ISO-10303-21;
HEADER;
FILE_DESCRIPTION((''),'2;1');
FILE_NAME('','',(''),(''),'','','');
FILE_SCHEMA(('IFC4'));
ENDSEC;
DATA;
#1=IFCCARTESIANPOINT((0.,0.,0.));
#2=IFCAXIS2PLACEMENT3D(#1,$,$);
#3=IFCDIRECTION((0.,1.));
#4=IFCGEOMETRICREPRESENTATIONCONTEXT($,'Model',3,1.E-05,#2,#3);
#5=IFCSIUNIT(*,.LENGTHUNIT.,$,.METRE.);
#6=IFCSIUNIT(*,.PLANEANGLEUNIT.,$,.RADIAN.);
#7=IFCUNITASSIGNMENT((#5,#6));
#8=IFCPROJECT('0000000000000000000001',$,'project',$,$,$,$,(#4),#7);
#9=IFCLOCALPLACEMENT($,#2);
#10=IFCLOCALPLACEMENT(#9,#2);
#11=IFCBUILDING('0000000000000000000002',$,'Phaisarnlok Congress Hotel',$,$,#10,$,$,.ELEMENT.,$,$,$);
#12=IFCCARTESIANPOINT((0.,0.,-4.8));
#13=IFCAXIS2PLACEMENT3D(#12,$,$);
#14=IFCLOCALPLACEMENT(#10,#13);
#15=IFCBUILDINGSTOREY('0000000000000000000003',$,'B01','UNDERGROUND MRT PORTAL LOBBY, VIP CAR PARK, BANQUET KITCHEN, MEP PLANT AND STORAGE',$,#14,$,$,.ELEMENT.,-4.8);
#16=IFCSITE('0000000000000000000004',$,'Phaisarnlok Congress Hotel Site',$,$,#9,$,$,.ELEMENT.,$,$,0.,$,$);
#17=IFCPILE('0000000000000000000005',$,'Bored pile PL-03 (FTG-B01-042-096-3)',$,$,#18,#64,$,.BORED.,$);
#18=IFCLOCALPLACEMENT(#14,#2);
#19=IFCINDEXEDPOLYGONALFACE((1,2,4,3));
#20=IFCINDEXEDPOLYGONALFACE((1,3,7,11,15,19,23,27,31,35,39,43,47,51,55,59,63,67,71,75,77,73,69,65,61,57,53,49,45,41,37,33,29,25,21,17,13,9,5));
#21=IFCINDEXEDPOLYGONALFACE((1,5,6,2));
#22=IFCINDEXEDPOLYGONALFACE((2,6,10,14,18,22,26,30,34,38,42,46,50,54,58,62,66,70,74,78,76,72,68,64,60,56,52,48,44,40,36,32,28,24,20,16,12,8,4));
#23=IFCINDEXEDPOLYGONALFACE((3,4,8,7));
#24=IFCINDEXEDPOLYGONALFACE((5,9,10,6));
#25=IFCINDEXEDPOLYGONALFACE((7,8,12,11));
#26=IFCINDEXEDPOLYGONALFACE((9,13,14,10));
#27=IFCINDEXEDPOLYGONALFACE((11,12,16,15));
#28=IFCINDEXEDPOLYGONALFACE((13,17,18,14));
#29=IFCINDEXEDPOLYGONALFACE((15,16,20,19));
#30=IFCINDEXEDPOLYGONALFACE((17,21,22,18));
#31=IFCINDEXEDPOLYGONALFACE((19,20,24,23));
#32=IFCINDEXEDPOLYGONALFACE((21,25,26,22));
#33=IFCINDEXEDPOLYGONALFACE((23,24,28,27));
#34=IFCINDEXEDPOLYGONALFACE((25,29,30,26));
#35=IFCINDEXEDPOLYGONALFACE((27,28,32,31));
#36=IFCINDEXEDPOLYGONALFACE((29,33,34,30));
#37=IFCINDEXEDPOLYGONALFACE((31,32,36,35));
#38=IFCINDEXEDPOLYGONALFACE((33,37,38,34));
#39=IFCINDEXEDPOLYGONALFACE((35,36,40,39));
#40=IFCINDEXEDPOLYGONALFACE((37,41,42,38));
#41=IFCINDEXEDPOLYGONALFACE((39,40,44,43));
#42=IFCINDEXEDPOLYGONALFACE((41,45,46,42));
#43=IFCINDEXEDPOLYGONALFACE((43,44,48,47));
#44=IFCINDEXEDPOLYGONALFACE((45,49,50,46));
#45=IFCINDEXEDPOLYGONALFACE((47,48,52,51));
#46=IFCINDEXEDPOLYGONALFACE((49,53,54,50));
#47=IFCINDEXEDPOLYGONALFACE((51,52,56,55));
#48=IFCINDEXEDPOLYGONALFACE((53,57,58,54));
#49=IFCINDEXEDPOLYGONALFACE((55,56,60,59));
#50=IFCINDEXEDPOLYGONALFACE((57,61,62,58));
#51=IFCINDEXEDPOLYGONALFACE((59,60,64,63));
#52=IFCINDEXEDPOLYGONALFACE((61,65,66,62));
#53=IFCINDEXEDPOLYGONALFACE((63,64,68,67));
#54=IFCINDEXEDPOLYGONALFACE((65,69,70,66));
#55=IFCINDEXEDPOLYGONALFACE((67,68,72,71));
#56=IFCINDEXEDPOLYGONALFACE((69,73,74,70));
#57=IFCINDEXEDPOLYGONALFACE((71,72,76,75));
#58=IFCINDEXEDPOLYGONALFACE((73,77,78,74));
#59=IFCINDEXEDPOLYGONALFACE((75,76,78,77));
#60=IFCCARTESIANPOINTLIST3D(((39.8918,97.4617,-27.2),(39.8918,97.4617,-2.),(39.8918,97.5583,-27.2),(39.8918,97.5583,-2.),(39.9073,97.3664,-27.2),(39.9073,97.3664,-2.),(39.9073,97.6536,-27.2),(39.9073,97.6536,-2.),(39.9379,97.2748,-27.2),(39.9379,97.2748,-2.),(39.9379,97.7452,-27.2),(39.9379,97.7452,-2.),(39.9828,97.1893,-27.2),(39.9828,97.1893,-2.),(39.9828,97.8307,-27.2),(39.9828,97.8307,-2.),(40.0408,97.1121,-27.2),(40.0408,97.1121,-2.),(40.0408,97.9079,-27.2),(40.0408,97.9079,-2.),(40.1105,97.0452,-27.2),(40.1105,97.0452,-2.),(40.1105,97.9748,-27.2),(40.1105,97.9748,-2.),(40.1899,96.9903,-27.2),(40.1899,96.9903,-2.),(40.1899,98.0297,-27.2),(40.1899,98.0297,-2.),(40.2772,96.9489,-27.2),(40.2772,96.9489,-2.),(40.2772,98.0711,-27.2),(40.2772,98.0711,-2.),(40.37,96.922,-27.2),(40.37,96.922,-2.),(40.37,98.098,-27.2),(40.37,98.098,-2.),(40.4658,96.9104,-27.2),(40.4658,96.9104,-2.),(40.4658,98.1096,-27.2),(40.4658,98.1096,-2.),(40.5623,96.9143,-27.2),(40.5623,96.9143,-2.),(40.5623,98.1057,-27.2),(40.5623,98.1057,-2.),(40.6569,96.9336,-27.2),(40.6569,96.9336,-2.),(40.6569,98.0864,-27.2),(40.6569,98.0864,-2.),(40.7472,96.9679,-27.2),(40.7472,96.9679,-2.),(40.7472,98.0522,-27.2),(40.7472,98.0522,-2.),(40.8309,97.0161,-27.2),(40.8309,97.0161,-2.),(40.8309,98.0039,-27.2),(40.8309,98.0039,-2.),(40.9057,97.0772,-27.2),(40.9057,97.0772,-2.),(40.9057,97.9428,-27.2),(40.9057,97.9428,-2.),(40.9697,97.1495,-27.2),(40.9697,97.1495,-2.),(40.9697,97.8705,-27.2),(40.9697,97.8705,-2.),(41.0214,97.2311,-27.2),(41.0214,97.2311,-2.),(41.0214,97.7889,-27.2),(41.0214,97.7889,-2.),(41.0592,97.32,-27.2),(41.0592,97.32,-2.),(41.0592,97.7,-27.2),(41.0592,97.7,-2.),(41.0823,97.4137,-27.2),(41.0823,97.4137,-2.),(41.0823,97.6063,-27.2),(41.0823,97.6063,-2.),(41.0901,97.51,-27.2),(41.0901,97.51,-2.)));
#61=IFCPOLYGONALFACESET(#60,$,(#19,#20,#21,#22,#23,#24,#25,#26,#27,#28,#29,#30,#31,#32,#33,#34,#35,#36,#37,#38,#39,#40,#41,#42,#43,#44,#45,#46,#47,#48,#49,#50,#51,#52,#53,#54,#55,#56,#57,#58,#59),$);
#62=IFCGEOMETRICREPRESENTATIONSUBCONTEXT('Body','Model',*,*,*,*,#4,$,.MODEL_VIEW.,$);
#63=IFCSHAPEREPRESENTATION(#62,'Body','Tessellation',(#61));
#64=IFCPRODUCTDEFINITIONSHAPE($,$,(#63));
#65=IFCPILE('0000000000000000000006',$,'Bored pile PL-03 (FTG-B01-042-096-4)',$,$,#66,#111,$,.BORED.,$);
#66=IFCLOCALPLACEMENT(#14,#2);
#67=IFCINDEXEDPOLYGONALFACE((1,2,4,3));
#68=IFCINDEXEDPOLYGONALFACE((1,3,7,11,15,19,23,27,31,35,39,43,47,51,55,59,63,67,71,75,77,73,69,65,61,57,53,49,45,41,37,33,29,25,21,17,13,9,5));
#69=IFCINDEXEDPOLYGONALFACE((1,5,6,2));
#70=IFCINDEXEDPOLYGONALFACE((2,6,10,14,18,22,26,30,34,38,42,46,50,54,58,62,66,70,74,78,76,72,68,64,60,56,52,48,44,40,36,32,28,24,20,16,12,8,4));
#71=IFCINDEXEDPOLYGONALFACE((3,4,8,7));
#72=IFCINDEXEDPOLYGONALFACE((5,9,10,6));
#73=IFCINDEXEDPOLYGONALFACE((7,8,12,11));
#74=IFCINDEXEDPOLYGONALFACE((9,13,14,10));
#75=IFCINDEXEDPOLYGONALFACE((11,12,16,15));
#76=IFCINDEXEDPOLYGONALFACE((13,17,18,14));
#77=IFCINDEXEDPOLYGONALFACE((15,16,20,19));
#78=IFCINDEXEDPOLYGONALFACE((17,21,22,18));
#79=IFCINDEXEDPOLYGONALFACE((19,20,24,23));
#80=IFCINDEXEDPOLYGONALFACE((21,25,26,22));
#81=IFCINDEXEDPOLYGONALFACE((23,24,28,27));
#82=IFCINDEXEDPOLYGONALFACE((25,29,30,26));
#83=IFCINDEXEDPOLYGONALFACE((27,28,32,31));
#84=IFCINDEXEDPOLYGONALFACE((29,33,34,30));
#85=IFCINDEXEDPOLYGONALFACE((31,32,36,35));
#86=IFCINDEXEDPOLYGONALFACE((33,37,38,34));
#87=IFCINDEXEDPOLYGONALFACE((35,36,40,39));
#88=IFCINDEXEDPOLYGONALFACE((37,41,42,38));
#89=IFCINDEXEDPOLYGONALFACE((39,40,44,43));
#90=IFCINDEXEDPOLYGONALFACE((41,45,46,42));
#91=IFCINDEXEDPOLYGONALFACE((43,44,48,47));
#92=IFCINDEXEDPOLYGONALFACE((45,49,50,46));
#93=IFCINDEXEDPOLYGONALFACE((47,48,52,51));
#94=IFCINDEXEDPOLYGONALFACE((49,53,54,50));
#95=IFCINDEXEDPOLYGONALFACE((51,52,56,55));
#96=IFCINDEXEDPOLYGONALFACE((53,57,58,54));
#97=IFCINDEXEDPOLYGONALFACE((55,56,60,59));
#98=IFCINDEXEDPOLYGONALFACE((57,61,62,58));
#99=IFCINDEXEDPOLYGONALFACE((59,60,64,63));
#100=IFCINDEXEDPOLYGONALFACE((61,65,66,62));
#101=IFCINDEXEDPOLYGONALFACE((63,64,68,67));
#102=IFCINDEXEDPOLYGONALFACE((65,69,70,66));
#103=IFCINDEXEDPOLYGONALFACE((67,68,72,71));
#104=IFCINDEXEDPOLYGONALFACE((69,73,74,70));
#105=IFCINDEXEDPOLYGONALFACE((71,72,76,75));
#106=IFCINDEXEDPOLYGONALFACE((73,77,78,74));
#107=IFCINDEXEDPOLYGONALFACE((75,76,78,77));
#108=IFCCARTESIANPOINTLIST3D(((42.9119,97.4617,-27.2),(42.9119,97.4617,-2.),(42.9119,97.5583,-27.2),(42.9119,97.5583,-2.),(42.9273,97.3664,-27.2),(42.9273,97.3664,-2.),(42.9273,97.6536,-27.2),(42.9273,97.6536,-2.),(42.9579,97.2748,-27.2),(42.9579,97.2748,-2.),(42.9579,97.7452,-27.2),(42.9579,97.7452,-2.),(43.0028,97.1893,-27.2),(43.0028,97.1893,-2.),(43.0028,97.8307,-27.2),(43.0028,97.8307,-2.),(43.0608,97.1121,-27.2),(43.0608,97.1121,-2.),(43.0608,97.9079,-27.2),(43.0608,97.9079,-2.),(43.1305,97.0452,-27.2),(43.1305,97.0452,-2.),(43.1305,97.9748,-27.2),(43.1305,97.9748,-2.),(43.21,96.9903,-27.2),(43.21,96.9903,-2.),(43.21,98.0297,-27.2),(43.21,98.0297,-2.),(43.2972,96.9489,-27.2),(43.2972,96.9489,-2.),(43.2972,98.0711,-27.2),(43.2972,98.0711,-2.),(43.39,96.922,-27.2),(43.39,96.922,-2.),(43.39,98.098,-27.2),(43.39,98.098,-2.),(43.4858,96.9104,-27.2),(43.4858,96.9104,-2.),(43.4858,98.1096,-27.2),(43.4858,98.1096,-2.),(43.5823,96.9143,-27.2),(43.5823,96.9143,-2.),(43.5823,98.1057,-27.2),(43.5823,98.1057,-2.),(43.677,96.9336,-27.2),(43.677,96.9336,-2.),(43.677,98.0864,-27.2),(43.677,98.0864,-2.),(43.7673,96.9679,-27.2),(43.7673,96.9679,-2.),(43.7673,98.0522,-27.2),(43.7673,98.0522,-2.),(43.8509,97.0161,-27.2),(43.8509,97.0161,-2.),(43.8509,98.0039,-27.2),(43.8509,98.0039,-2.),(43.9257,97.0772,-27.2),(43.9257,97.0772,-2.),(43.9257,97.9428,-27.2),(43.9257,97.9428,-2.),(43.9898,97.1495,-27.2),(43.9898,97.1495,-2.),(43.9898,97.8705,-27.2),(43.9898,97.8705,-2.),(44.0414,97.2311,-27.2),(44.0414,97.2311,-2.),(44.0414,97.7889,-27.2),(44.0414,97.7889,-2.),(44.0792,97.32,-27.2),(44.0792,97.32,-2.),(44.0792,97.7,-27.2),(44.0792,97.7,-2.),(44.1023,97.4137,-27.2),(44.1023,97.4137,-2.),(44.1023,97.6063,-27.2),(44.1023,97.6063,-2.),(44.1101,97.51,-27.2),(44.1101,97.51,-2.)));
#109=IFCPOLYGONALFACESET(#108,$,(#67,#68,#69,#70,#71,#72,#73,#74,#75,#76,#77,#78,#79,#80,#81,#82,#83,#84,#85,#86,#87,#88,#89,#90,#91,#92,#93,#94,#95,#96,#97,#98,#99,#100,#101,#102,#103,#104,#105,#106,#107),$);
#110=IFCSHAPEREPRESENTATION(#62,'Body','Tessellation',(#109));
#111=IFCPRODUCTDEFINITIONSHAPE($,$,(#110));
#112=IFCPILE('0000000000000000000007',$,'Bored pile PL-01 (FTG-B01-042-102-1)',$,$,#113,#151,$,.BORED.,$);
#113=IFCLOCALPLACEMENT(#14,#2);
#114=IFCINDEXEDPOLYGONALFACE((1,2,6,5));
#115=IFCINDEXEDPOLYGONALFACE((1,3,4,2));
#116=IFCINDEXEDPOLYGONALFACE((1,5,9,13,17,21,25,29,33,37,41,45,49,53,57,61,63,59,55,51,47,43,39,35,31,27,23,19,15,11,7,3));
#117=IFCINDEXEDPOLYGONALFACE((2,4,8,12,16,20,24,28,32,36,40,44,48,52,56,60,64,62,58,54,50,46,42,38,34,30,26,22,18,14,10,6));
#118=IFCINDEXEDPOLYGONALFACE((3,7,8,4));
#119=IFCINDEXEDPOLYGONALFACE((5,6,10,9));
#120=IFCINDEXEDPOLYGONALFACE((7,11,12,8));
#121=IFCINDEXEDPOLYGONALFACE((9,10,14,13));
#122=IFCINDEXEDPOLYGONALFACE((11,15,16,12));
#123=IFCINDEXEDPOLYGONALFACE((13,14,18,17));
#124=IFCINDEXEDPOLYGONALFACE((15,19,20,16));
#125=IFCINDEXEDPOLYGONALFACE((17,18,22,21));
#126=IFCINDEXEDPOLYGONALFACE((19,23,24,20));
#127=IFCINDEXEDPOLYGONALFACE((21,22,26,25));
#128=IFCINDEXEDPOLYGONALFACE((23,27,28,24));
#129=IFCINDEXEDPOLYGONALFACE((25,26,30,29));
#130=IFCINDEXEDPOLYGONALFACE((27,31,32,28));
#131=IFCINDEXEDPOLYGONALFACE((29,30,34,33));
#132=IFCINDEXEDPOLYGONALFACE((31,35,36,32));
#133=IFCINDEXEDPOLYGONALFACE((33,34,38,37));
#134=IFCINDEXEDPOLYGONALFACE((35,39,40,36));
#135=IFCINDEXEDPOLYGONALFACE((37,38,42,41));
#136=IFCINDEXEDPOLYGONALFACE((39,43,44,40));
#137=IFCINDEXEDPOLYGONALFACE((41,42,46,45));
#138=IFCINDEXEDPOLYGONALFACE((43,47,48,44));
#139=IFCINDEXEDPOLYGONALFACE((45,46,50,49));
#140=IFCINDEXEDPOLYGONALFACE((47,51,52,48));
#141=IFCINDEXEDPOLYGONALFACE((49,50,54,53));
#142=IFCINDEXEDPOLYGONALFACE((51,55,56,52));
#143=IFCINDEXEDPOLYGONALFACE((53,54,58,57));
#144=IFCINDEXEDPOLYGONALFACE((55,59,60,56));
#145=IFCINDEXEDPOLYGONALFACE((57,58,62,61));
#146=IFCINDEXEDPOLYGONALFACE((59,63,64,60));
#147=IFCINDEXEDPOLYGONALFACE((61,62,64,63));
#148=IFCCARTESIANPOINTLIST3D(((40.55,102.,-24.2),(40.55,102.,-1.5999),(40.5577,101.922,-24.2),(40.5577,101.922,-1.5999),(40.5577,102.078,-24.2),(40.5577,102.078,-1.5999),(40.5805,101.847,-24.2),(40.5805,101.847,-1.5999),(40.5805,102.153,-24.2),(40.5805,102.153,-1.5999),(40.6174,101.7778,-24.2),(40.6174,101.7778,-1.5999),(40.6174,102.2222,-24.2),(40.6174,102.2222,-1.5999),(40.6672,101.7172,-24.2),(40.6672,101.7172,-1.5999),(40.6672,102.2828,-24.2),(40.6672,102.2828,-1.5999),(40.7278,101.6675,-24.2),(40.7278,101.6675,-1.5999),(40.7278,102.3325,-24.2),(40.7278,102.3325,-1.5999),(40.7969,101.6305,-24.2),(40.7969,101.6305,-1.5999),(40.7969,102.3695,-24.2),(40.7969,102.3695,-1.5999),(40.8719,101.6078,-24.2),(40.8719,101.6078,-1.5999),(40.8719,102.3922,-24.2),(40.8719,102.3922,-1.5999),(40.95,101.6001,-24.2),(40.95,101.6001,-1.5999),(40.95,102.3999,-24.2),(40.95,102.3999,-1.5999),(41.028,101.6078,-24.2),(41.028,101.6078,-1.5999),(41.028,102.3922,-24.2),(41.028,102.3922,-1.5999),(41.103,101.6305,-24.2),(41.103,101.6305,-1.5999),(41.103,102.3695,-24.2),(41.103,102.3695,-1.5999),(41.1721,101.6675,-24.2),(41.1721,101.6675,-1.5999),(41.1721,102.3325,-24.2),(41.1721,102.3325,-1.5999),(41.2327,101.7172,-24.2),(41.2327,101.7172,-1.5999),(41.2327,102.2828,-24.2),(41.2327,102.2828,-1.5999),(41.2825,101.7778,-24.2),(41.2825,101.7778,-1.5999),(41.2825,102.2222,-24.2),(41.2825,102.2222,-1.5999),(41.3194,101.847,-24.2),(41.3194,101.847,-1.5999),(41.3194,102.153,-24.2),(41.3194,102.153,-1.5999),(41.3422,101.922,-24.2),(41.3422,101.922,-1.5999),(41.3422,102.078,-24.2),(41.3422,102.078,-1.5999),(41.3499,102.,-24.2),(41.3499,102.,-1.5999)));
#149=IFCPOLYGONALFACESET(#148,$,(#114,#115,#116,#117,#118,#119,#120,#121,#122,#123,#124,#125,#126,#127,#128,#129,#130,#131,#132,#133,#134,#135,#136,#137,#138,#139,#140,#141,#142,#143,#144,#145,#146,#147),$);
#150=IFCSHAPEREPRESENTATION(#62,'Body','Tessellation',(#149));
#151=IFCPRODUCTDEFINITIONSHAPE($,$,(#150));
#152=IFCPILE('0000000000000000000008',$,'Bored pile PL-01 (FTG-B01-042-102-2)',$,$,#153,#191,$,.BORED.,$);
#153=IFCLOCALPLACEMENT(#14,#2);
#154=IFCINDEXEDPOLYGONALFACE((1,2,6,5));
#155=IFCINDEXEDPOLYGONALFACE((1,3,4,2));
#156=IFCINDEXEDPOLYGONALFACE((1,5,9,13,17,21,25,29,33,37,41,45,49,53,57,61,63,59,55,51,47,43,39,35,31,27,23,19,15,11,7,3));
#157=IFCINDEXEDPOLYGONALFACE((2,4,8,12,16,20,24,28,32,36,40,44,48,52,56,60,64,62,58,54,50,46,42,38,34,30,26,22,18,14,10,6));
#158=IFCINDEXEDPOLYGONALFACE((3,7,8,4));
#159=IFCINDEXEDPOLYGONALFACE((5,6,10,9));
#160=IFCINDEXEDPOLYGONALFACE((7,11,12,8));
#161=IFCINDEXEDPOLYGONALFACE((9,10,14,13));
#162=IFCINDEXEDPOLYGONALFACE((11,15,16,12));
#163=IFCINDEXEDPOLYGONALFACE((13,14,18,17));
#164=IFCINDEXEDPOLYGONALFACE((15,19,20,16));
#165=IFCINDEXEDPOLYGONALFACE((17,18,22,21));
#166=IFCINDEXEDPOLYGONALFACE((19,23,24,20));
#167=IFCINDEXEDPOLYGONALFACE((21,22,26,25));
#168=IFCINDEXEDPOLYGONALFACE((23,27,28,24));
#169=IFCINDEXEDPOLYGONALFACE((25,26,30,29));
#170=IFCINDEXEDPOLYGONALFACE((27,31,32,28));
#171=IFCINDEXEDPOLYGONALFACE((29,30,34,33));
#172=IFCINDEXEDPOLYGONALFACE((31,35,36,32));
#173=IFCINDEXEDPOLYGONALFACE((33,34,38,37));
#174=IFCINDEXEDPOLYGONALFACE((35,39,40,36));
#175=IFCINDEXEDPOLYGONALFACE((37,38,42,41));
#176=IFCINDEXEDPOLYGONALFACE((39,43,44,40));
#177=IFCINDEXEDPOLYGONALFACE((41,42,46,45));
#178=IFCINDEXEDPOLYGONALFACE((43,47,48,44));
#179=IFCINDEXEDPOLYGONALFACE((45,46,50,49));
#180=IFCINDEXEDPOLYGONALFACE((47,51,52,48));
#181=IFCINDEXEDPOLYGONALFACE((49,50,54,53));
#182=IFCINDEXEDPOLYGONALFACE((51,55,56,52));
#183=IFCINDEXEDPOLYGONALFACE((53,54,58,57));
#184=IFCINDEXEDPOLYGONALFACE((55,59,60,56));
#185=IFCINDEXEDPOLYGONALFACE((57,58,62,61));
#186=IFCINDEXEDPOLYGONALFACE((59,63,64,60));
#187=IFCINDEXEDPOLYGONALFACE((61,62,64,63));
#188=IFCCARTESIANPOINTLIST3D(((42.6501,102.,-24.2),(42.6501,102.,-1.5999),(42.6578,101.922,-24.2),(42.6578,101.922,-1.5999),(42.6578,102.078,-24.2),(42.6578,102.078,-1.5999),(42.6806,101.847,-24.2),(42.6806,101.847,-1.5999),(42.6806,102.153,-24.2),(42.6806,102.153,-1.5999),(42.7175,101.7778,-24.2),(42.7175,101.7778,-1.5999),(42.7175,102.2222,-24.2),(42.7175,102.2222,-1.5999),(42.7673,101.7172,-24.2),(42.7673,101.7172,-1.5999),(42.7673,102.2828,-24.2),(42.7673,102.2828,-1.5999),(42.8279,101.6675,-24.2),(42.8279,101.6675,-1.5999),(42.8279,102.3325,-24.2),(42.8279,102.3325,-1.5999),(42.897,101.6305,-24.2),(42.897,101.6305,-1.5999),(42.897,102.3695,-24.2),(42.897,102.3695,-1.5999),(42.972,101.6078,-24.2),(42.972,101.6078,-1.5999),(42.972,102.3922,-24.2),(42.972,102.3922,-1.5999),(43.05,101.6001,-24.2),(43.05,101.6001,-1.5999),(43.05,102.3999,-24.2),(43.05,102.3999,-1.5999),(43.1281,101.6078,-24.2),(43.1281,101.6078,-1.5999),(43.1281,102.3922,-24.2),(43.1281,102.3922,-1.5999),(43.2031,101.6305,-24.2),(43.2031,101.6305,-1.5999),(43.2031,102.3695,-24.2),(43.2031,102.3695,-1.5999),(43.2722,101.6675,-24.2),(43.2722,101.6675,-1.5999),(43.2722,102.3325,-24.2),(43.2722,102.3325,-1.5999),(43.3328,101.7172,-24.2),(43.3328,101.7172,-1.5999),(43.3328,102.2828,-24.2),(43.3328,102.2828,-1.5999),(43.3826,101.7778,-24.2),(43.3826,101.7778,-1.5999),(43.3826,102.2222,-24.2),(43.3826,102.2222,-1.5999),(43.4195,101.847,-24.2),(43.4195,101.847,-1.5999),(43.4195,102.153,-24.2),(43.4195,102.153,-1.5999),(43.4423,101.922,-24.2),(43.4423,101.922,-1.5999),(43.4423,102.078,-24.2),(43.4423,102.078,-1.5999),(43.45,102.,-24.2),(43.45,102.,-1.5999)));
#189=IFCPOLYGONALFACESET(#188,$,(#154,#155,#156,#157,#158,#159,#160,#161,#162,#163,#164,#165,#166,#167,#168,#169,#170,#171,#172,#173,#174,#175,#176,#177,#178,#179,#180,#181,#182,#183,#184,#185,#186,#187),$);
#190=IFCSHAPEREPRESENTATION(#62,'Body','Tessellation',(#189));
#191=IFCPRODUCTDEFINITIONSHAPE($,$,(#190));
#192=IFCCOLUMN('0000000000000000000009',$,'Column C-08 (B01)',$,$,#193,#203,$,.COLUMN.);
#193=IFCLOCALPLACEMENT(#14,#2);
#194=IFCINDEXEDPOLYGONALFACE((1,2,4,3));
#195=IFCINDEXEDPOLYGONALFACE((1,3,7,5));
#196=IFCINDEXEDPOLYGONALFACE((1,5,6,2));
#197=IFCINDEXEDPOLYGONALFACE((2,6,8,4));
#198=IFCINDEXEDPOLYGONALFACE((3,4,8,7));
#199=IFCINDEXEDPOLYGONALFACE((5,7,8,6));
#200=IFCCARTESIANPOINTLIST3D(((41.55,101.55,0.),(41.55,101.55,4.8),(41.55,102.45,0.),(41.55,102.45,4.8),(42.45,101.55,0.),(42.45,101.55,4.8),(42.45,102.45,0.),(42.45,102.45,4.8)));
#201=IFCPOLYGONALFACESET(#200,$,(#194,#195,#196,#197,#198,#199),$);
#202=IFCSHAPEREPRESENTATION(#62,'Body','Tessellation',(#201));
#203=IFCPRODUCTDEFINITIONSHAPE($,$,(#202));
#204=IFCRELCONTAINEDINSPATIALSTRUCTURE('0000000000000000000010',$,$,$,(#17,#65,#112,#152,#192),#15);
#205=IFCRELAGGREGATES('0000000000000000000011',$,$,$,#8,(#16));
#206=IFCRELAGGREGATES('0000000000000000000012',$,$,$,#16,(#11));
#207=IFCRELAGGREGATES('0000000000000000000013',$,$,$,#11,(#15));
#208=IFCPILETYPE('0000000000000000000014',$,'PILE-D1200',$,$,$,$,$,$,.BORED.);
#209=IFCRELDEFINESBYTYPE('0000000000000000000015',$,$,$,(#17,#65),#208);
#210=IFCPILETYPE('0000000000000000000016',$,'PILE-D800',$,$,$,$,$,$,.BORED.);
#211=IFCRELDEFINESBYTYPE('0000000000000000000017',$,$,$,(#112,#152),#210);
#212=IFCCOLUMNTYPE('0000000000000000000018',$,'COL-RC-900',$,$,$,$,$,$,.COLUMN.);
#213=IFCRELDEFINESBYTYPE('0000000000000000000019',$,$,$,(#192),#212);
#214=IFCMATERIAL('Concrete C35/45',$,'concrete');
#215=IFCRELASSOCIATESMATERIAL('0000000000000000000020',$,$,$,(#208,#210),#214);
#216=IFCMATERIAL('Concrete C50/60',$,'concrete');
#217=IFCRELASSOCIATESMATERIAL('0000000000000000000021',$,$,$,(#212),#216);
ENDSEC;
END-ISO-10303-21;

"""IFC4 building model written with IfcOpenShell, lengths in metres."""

from ifc_helpers import new_model, si_unit, direction, frame, origin, origin_2d, place, context, subcontext, project, spatial, rectangle, circle, extrude, material, material_profile, profile_set, type_object, element, save


model = new_model("IFC4")

# Units and contexts
model_context = context("Model", 3, precision=1e-05, world=origin(), true_north=direction((0.0, 1.0)))
body_context = subcontext(model_context, "Body", "Model", "MODEL_VIEW")
ifc_project = project(units=[si_unit("LENGTHUNIT", "METRE"), si_unit("PLANEANGLEUNIT", "RADIAN")], contexts=[model_context])

# Site, building, storey
site_placement = place(None, origin())
site = spatial("IfcSite", under=ifc_project, at=site_placement, Name="Phaisarnlok Congress Hotel Site", CompositionType="ELEMENT", RefElevation=0.0)
building_placement = place(site_placement, origin())
building = spatial("IfcBuilding", under=site, at=building_placement, Name="Phaisarnlok Congress Hotel", CompositionType="ELEMENT")
storey_placement = place(building_placement, frame((0.0, 0.0, -4.8)))
storey = spatial("IfcBuildingStorey", under=building, at=storey_placement, Name="B01", Description="UNDERGROUND MRT PORTAL LOBBY, VIP CAR PARK, BANQUET KITCHEN, MEP PLANT AND STORAGE", CompositionType="ELEMENT", Elevation=-4.8)

# Piles
ifc_material_1 = material(Name="Concrete C35/45", Category="concrete")
ifc_material_profile_1 = material_profile(ifc_material_1, circle(Radius=0.6001, at=origin_2d()), Name="BORED PILE D1200")
ifc_profile_set_1 = profile_set([ifc_material_profile_1], Name="Concrete C35/45")
pile_type_1 = type_object("IfcPileType", Name="PILE-D1200", PredefinedType="BORED", material=ifc_profile_set_1)
for number, where, z_axis, x_axis, name in (
    (1, (40.49, 97.51, -2.0), (0.0, 0.0, -1.0), (1.0, 0.0, 0.0), "Bored pile PL-03 (FTG-B01-042-096-3)"),
    (2, (43.51, 97.51, -2.0), (0.0, 0.0, -1.0), (1.0, 0.0, 0.0), "Bored pile PL-03 (FTG-B01-042-096-4)"),
):
    element("IfcPile", number, at=place(storey_placement, frame(where, z_axis=z_axis, x_axis=x_axis)), inside=storey, type_object=pile_type_1, Name=name, PredefinedType="BORED", context=body_context, shape_type="SweptSolid", body=[
        extrude(circle(Radius=0.6001, at=origin_2d()), origin(), (0.0, 0.0, 1.0), 25.2),
    ])
ifc_material_profile_2 = material_profile(ifc_material_1, circle(Radius=0.3999, at=origin_2d()), Name="BORED PILE D800")
ifc_profile_set_2 = profile_set([ifc_material_profile_2], Name="Concrete C35/45")
pile_type_2 = type_object("IfcPileType", Name="PILE-D800", PredefinedType="BORED", material=ifc_profile_set_2)
for number, where, z_axis, x_axis, name in (
    (3, (40.95, 102.0, -1.5999), (0.0, 0.0, -1.0), (1.0, 0.0, 0.0), "Bored pile PL-01 (FTG-B01-042-102-1)"),
    (4, (43.05, 102.0, -1.5999), (0.0, 0.0, -1.0), (1.0, 0.0, 0.0), "Bored pile PL-01 (FTG-B01-042-102-2)"),
):
    element("IfcPile", number, at=place(storey_placement, frame(where, z_axis=z_axis, x_axis=x_axis)), inside=storey, type_object=pile_type_2, Name=name, PredefinedType="BORED", context=body_context, shape_type="SweptSolid", body=[
        extrude(circle(Radius=0.3999, at=origin_2d()), origin(), (0.0, 0.0, 1.0), 22.6001),
    ])

# Column
ifc_material_2 = material(Name="Concrete C50/60", Category="concrete")
ifc_material_profile_3 = material_profile(ifc_material_2, rectangle(XDim=0.8999, YDim=0.8999, at=origin_2d()), Name="RC 900x900")
ifc_profile_set_3 = profile_set([ifc_material_profile_3], Name="Concrete C50/60")
column_type = type_object("IfcColumnType", Name="COL-RC-900", PredefinedType="COLUMN", material=ifc_profile_set_3)
for number, where, z_axis, x_axis, name in (
    (5, (42.0, 102.0, 0.0), (0.0, 0.0, 1.0), (1.0, 0.0, 0.0), "Column C-08 (B01)"),
):
    element("IfcColumn", number, at=place(storey_placement, frame(where, z_axis=z_axis, x_axis=x_axis)), inside=storey, type_object=column_type, Name=name, PredefinedType="COLUMN", context=body_context, shape_type="SweptSolid", body=[
        extrude(rectangle(XDim=0.8999, YDim=0.8999, at=origin_2d()), origin(), (0.0, 0.0, 1.0), 4.8),
    ])

save(model, "model.ifc")
